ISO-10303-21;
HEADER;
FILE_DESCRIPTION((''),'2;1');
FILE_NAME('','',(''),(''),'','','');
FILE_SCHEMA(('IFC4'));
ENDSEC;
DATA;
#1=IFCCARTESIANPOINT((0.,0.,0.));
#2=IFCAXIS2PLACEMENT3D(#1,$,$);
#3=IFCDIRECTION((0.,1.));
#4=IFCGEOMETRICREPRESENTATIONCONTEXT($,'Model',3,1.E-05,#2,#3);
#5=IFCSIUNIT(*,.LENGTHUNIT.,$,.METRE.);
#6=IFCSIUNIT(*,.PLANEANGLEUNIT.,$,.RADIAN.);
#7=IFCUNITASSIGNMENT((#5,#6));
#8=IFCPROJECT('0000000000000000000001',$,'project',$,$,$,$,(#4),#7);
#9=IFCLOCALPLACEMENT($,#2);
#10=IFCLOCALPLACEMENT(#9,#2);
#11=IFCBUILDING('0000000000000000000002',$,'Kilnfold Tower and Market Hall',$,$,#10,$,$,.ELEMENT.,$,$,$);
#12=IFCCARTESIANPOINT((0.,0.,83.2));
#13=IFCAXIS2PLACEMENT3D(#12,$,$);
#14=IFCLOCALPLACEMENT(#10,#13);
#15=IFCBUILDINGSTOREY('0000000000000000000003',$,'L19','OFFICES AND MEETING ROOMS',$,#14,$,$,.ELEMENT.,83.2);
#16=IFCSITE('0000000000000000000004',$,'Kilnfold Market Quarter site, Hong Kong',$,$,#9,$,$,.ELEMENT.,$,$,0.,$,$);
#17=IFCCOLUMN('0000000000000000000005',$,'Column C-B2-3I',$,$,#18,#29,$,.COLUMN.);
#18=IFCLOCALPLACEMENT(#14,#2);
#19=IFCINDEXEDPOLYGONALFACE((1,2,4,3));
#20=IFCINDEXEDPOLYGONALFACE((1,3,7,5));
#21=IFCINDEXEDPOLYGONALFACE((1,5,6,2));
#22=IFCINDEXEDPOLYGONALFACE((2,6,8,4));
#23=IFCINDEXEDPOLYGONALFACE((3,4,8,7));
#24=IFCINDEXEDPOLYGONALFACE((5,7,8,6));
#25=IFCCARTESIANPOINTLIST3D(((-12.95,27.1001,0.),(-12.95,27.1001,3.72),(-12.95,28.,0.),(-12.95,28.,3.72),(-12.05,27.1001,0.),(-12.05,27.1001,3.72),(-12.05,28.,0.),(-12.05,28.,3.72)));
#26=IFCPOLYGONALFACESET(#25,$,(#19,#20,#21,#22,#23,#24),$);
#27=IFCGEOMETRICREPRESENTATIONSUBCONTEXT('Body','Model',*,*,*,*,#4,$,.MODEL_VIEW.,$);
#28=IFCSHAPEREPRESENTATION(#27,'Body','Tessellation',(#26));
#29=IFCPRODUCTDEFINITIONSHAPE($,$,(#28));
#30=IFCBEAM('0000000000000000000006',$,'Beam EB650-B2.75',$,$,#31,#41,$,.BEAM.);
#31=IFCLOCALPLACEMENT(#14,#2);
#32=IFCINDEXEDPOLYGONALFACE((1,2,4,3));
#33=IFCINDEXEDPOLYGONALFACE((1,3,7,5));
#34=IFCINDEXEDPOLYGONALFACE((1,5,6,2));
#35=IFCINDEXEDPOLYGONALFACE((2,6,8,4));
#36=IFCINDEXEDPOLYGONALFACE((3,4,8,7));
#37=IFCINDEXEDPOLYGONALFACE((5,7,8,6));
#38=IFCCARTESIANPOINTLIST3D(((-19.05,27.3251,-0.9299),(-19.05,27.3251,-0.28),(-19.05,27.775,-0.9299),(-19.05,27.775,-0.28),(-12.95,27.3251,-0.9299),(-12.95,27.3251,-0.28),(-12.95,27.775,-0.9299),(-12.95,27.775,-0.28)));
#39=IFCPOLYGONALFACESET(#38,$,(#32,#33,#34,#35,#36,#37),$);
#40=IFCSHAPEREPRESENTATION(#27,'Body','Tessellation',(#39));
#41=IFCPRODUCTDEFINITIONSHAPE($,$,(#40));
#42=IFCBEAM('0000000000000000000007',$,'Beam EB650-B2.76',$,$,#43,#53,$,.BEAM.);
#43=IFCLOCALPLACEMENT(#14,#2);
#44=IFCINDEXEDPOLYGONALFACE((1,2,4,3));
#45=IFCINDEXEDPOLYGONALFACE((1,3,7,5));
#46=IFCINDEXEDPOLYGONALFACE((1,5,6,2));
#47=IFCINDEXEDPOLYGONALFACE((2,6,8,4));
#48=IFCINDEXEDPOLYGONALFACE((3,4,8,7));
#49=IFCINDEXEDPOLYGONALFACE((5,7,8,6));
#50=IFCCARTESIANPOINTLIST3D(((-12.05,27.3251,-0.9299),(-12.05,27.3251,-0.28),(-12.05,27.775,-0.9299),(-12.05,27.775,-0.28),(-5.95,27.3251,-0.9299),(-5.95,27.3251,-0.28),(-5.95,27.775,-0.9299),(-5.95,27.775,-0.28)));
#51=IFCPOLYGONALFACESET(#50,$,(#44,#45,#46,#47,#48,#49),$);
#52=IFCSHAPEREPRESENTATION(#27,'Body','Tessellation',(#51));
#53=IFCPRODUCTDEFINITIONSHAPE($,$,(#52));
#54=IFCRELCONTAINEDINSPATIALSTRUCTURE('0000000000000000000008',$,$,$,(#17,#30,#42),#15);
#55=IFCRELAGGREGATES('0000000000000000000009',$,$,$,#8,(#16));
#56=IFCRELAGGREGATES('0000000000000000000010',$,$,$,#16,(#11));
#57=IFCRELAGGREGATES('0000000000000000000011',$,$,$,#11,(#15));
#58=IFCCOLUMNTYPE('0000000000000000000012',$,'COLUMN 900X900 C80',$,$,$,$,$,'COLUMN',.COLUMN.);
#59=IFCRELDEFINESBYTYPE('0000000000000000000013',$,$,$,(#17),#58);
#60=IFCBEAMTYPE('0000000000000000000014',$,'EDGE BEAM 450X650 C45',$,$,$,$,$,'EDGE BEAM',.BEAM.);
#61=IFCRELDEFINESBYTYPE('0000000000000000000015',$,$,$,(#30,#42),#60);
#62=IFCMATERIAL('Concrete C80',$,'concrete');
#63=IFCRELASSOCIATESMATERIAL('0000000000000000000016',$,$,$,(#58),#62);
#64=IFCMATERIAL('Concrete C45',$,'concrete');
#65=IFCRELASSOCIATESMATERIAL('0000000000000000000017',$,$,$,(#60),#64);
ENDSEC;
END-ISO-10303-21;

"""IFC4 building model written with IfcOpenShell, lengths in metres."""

from ifc_helpers import new_model, si_unit, direction, frame, origin, origin_2d, place, context, subcontext, project, spatial, rectangle, extrude, source, transform, mapped, material, material_profile, profile_set, type_object, element, save


model = new_model("IFC4")

# Units and contexts
model_context = context("Model", 3, precision=1e-05, world=origin(), true_north=direction((0.0, 1.0)))
body_context = subcontext(model_context, "Body", "Model", "MODEL_VIEW")
ifc_project = project(units=[si_unit("LENGTHUNIT", "METRE"), si_unit("PLANEANGLEUNIT", "RADIAN")], contexts=[model_context])

# Site, building, storey
site_placement = place(None, origin())
site = spatial("IfcSite", under=ifc_project, at=site_placement, Name="Kilnfold Market Quarter site, Hong Kong", CompositionType="ELEMENT", RefElevation=0.0)
building_placement = place(site_placement, origin())
building = spatial("IfcBuilding", under=site, at=building_placement, Name="Kilnfold Tower and Market Hall", CompositionType="ELEMENT")
storey_placement = place(building_placement, frame((0.0, 0.0, 83.2)))
storey = spatial("IfcBuildingStorey", under=building, at=storey_placement, Name="L19", Description="OFFICES AND MEETING ROOMS", CompositionType="ELEMENT", Elevation=83.2)

# Column
ifc_material_1 = material(Name="Concrete C80", Category="concrete")
ifc_material_profile_1 = material_profile(ifc_material_1, rectangle(XDim=0.8999, YDim=0.8999, at=origin_2d()), Name="RC 900x900")
ifc_profile_set_1 = profile_set([ifc_material_profile_1], Name="Concrete C80")
column_type = type_object("IfcColumnType", Name="COLUMN 900X900 C80", ElementType="COLUMN", PredefinedType="COLUMN", material=ifc_profile_set_1)
shared_shape_1 = source(origin(), body_context, "Body", "SweptSolid", [
    extrude(rectangle(XDim=0.8999, YDim=0.8999, at=origin_2d()), origin(), (0.0, 0.0, 1.0), 3.72),
])
column_placement = place(storey_placement, frame((-12.5, 27.55, 0.0), z_axis=(0.0, 0.0, 1.0), x_axis=(1.0, 0.0, 0.0)))
element("IfcColumn", 1, at=column_placement, inside=storey, type_object=column_type, Name="Column C-B2-3I", PredefinedType="COLUMN", context=body_context, shape_type="MappedRepresentation", body=[
    mapped(shared_shape_1, transform((0.0, 0.0, 0.0))),
])

# Beams
ifc_material_2 = material(Name="Concrete C45", Category="concrete")
ifc_material_profile_2 = material_profile(ifc_material_2, rectangle(XDim=0.45, YDim=0.6499, at=origin_2d()), Name="RC 450x650")
ifc_profile_set_2 = profile_set([ifc_material_profile_2], Name="Concrete C45")
beam_type = type_object("IfcBeamType", Name="EDGE BEAM 450X650 C45", ElementType="EDGE BEAM", PredefinedType="BEAM", material=ifc_profile_set_2)
shared_shape_2 = source(origin(), body_context, "Body", "SweptSolid", [
    extrude(rectangle(XDim=0.45, YDim=0.6499, at=origin_2d()), origin(), (0.0, 0.0, 1.0), 6.1001),
])
for number, where, z_axis, x_axis, name in (
    (2, (-19.05, 27.55, -0.605), (1.0, 0.0, 0.0), (0.0, 1.0, 0.0), "Beam EB650-B2.75"),
    (3, (-12.05, 27.55, -0.605), (1.0, 0.0, 0.0), (0.0, 1.0, 0.0), "Beam EB650-B2.76"),
):
    element("IfcBeam", number, at=place(storey_placement, frame(where, z_axis=z_axis, x_axis=x_axis)), inside=storey, type_object=beam_type, Name=name, PredefinedType="BEAM", context=body_context, shape_type="MappedRepresentation", body=[
        mapped(shared_shape_2, transform((0.0, 0.0, 0.0))),
    ])

save(model, "model.ifc")
